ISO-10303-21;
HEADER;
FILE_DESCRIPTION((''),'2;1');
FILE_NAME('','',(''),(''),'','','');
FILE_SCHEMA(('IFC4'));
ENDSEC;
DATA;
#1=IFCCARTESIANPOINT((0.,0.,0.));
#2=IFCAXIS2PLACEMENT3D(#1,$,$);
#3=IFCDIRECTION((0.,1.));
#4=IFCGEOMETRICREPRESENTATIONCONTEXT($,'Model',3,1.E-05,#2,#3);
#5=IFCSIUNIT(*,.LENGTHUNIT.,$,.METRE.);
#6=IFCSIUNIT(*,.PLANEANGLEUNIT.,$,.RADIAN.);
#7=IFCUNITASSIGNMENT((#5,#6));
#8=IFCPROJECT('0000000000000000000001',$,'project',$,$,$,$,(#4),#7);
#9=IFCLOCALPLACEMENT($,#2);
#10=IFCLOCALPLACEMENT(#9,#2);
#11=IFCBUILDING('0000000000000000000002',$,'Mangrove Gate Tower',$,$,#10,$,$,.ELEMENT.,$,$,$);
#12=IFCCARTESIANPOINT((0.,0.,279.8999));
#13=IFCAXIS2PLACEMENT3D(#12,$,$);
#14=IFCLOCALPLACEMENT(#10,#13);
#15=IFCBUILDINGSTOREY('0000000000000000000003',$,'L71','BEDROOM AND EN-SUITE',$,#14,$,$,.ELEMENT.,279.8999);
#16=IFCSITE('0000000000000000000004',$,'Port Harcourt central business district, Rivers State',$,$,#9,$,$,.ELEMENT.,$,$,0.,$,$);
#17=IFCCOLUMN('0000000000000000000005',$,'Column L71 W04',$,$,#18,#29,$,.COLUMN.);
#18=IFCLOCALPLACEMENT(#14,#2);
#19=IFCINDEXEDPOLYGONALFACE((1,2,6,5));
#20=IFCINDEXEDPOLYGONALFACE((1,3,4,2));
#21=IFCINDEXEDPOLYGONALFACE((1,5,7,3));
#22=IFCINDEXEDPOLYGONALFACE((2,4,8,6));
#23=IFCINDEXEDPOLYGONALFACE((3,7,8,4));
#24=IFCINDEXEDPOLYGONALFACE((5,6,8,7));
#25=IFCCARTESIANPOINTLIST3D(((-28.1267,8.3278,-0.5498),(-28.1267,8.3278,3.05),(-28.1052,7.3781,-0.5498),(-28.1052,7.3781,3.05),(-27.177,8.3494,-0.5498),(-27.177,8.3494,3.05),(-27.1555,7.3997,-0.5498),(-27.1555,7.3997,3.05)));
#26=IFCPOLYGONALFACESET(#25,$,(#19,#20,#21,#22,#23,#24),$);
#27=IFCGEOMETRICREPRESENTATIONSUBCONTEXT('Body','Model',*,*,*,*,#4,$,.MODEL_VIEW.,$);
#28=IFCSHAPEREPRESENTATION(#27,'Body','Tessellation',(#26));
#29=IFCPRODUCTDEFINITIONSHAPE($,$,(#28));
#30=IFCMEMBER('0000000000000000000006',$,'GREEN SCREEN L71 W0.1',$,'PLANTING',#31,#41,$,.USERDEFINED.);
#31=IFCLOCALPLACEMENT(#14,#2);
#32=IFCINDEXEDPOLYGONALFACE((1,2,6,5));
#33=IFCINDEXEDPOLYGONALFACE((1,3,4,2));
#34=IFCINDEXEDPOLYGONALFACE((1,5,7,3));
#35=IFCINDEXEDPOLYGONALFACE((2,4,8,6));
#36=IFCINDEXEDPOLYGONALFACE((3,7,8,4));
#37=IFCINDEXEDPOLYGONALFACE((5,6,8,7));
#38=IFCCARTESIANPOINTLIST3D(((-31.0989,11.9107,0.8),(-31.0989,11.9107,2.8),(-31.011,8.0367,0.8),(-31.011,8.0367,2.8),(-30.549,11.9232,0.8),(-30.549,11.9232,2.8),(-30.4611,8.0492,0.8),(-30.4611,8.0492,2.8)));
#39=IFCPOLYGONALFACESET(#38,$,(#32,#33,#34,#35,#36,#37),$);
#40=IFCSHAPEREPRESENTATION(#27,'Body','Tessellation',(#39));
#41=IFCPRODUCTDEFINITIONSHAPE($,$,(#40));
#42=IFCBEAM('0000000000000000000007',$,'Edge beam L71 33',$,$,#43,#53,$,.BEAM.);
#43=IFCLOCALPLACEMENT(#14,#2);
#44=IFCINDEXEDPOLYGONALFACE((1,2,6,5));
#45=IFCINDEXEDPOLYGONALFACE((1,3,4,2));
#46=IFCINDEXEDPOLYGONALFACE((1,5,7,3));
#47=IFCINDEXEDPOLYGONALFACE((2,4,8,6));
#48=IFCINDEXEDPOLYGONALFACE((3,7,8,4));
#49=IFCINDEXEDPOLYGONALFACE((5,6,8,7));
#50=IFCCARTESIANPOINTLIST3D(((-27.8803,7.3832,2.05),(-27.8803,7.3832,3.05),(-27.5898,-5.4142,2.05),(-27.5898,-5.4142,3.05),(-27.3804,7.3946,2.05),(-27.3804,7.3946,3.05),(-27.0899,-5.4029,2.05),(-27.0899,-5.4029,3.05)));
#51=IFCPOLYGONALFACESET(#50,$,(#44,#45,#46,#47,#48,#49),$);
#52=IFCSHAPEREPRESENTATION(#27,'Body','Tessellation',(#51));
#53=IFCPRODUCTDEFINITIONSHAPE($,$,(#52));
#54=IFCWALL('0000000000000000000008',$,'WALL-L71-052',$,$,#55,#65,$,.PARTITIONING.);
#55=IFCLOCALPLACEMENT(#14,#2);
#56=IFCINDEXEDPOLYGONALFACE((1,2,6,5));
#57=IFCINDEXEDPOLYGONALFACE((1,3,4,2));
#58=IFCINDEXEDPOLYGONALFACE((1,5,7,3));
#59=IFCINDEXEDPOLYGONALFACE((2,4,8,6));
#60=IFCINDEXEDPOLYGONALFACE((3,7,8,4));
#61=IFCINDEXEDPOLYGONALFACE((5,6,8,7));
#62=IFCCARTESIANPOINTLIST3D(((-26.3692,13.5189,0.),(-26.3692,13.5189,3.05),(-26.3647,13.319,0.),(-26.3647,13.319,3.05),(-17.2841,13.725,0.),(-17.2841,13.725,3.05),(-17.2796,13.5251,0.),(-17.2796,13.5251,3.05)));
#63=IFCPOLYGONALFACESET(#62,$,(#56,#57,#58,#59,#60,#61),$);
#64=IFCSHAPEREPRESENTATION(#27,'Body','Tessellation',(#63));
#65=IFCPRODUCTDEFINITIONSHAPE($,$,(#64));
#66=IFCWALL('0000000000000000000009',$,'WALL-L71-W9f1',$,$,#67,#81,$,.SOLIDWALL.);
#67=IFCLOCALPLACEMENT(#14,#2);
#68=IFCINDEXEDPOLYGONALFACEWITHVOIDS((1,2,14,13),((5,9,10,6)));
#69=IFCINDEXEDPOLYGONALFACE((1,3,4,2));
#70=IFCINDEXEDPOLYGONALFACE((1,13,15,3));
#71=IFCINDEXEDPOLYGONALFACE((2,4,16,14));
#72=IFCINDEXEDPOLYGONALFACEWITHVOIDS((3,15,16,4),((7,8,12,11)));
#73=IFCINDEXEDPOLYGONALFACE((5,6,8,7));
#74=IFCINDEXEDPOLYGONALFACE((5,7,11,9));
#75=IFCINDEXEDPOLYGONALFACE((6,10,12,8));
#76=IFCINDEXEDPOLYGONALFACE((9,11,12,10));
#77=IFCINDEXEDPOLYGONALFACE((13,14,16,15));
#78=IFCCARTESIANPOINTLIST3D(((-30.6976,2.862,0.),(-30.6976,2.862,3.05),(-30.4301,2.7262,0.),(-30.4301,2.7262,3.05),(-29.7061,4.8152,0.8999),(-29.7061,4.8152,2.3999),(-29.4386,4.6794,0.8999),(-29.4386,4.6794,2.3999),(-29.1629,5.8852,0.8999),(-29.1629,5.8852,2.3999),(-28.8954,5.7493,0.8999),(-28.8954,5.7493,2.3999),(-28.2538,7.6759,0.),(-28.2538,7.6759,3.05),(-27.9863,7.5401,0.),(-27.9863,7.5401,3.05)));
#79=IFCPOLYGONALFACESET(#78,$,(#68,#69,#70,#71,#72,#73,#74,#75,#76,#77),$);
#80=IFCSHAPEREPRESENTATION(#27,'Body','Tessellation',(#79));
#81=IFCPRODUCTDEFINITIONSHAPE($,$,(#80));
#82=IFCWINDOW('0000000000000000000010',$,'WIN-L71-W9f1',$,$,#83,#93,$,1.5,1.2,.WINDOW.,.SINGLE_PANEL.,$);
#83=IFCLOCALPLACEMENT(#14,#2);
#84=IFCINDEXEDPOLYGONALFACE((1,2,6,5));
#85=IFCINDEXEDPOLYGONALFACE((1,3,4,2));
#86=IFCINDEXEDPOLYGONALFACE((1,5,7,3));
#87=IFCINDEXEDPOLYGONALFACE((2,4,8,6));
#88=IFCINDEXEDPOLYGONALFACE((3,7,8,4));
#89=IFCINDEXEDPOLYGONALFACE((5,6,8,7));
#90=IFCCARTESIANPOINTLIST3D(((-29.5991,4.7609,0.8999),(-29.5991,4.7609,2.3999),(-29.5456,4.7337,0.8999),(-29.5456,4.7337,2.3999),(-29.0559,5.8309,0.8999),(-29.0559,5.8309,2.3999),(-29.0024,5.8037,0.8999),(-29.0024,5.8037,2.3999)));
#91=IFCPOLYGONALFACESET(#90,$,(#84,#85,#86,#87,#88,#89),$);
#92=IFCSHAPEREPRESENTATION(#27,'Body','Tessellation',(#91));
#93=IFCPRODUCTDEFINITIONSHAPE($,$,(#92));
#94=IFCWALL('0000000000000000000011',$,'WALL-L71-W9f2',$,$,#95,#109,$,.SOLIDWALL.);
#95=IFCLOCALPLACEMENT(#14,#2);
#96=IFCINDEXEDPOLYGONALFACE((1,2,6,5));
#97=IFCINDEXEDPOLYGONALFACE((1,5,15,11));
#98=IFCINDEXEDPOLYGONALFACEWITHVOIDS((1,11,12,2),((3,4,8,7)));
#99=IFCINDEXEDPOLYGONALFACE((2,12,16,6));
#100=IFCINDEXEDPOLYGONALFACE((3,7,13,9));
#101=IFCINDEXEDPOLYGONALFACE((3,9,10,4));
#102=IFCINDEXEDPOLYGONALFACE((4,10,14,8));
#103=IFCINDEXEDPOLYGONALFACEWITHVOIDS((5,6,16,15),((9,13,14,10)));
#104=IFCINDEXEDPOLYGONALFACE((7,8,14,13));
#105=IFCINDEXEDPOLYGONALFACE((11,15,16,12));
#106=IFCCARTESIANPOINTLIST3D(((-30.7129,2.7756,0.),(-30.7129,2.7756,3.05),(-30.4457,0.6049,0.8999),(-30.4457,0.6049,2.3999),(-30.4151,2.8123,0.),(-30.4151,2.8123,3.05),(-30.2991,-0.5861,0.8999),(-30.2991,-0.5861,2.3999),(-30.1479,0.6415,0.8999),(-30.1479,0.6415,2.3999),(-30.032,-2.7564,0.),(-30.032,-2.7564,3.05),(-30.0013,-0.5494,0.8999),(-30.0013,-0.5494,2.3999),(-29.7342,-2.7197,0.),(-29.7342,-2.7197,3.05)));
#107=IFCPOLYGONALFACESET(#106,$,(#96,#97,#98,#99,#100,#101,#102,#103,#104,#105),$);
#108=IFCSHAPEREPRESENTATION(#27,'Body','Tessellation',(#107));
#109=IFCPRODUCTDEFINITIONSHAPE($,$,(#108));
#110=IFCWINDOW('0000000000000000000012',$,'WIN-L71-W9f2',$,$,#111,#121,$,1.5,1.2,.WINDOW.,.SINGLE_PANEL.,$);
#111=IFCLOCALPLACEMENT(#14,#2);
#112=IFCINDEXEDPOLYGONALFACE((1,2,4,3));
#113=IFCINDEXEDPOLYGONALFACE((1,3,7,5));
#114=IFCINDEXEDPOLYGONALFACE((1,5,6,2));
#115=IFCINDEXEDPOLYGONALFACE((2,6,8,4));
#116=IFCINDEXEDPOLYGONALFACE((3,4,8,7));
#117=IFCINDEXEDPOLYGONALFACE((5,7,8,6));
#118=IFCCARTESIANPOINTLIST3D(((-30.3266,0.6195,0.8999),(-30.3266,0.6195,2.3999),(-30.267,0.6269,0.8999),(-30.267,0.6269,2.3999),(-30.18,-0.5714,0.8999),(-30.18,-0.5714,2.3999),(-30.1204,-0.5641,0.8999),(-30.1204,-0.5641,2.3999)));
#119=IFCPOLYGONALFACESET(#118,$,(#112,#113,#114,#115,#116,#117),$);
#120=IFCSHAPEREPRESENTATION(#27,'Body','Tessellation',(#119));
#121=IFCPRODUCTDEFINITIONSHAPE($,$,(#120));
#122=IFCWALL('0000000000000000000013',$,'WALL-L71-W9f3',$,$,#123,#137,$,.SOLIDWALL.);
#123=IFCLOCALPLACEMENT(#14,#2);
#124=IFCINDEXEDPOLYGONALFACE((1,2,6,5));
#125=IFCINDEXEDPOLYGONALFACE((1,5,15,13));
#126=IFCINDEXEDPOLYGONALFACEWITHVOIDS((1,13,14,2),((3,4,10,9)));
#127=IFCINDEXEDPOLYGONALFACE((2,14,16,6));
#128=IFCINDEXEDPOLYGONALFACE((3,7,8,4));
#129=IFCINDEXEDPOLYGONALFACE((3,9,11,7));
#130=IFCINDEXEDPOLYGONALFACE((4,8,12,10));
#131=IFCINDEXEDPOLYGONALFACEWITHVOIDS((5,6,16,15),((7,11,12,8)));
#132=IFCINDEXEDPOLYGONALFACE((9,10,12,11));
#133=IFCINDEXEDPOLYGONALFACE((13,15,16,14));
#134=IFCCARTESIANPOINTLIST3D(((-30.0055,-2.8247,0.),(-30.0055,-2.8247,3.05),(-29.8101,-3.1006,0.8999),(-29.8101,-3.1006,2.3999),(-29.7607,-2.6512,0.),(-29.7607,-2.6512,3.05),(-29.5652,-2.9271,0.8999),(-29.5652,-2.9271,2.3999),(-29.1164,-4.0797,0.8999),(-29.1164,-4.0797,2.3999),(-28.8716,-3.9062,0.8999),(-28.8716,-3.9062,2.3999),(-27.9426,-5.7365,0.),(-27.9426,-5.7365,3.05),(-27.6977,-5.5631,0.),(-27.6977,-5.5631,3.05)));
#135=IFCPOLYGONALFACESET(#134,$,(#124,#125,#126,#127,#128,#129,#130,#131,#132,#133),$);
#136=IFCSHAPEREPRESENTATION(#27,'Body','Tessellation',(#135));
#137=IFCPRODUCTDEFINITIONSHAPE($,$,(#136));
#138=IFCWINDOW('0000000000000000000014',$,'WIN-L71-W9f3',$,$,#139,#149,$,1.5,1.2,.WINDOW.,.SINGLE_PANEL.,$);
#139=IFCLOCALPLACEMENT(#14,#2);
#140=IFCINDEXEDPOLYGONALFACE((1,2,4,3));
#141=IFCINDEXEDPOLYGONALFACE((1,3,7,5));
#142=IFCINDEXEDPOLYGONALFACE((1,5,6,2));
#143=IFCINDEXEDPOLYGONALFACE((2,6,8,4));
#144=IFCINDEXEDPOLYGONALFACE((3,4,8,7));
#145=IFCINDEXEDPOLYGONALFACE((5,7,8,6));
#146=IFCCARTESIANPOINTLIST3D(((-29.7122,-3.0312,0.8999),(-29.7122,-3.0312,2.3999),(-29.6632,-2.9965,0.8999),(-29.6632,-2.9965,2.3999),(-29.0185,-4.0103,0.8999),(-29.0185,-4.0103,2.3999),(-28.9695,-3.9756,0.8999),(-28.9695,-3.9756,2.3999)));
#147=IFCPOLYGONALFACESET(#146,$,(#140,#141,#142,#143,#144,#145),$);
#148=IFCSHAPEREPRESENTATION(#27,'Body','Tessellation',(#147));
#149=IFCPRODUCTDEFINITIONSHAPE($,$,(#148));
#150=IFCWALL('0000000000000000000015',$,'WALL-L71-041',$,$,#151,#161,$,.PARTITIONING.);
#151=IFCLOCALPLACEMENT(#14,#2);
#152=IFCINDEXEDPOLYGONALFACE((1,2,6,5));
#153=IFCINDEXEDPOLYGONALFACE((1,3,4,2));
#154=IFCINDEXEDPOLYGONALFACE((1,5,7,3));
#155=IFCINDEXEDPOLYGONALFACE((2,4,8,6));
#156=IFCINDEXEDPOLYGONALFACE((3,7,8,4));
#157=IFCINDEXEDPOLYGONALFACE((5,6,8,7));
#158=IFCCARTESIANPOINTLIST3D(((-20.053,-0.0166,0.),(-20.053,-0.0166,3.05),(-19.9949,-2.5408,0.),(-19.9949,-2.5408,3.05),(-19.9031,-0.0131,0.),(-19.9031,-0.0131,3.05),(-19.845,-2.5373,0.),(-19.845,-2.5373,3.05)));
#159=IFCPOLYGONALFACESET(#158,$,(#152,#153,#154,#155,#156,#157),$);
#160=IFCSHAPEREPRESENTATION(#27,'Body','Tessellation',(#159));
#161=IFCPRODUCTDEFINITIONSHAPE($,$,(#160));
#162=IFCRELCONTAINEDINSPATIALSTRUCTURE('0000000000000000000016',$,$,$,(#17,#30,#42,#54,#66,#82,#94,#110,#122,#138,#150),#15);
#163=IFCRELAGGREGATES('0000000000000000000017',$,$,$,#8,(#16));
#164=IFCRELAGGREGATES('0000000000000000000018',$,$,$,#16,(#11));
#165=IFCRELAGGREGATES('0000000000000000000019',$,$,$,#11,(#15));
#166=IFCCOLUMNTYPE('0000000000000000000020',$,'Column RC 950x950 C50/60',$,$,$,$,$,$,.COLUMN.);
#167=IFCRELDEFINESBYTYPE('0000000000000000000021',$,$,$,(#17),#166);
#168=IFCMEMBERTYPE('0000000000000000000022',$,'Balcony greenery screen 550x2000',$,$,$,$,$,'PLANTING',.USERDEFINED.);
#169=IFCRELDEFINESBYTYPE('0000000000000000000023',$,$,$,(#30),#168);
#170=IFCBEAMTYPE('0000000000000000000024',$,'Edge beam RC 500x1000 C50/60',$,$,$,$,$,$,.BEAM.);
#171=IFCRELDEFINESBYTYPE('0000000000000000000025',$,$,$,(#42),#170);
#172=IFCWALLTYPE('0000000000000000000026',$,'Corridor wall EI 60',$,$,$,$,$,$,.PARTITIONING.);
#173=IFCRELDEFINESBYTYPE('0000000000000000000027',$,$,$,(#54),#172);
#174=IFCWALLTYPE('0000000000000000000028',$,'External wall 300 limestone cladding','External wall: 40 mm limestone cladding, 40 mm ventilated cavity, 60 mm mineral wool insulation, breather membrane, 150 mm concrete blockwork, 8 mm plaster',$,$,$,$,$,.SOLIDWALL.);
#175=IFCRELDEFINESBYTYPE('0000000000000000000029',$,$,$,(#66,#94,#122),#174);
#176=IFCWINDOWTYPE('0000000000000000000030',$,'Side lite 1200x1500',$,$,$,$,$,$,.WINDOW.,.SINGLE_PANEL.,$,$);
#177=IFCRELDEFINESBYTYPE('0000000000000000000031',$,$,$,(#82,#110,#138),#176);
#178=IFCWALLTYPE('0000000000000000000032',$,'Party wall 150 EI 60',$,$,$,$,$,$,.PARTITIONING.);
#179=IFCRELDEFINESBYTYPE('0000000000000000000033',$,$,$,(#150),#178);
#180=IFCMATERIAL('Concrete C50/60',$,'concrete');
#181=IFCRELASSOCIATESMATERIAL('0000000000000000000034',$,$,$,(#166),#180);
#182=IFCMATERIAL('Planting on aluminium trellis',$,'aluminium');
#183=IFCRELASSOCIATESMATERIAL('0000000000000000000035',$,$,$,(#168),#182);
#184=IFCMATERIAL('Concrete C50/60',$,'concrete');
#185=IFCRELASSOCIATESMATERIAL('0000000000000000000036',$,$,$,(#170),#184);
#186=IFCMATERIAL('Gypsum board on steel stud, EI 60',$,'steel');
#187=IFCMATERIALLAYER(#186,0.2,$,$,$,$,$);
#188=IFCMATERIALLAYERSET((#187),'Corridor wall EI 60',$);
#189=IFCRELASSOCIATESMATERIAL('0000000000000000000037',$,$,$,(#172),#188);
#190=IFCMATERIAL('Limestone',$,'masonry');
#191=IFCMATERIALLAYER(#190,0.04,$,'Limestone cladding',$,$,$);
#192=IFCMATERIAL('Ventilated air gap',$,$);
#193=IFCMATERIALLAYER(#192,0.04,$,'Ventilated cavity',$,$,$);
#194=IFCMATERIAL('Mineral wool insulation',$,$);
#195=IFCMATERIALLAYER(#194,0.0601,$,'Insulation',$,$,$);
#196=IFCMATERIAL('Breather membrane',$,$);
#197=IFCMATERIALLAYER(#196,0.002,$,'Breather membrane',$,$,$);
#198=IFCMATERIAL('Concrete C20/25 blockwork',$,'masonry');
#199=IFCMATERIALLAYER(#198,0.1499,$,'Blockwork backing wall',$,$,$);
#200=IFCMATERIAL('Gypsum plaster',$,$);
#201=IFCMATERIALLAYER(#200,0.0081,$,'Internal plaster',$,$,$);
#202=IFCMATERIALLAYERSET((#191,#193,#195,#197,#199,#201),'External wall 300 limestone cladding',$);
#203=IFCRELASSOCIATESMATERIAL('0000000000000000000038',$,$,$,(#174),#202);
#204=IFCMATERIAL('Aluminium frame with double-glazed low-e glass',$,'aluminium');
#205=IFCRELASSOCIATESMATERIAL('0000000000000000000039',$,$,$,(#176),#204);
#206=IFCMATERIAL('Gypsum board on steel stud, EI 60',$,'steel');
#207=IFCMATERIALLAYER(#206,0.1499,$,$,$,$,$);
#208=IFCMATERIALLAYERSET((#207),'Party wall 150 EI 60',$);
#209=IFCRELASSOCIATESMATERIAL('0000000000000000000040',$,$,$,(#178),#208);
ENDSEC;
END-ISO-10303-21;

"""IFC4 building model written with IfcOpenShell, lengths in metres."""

from ifc_helpers import new_model, si_unit, direction, frame, frame_2d, origin, origin_2d, place, context, subcontext, project, spatial, rectangle, extrude, material, layer, layer_set, material_profile, profile_set, type_object, element, fill, save


model = new_model("IFC4")

# Units and contexts
model_context = context("Model", 3, precision=1e-05, world=origin(), true_north=direction((0.0, 1.0)))
body_context = subcontext(model_context, "Body", "Model", "MODEL_VIEW")
ifc_project = project(units=[si_unit("LENGTHUNIT", "METRE"), si_unit("PLANEANGLEUNIT", "RADIAN")], contexts=[model_context])

# Site, building, storey
site_placement = place(None, origin())
site = spatial("IfcSite", under=ifc_project, at=site_placement, Name="Port Harcourt central business district, Rivers State", CompositionType="ELEMENT", RefElevation=0.0)
building_placement = place(site_placement, origin())
building = spatial("IfcBuilding", under=site, at=building_placement, Name="Mangrove Gate Tower", CompositionType="ELEMENT")
storey_placement = place(building_placement, frame((0.0, 0.0, 279.8999)))
storey = spatial("IfcBuildingStorey", under=building, at=storey_placement, Name="L71", Description="BEDROOM AND EN-SUITE", CompositionType="ELEMENT", Elevation=279.8999)

# Column
ifc_material_1 = material(Name="Concrete C50/60", Category="concrete")
ifc_material_profile_1 = material_profile(ifc_material_1, rectangle(XDim=0.95, YDim=0.95, at=origin_2d()))
ifc_profile_set_1 = profile_set([ifc_material_profile_1], Name="Concrete C50/60")
column_type = type_object("IfcColumnType", Name="Column RC 950x950 C50/60", PredefinedType="COLUMN", material=ifc_profile_set_1)
column_placement = place(storey_placement, frame((-27.6411, 7.8638, -0.5498), z_axis=(0.0, 0.0, 1.0), x_axis=(0.022688, -0.999743, 0.0)))
element("IfcColumn", 1, at=column_placement, inside=storey, type_object=column_type, Name="Column L71 W04", PredefinedType="COLUMN", context=body_context, shape_type="SweptSolid", body=[
    extrude(rectangle(XDim=0.95, YDim=0.95, at=origin_2d()), origin(), (0.0, 0.0, 1.0), 3.5999),
])

# Member
ifc_material_2 = material(Name="Planting on aluminium trellis", Category="aluminium")
ifc_material_profile_2 = material_profile(ifc_material_2, rectangle(XDim=0.55, YDim=2.0, at=origin_2d()))
ifc_profile_set_2 = profile_set([ifc_material_profile_2], Name="Planting on aluminium trellis")
member_type = type_object("IfcMemberType", Name="Balcony greenery screen 550x2000", ElementType="PLANTING", PredefinedType="USERDEFINED", material=ifc_profile_set_2)
member_placement = place(storey_placement, frame((-30.7361, 8.043, 1.8), z_axis=(-0.022681, 0.999743, 0.0), x_axis=(-0.999743, -0.022681, 0.0)))
element("IfcMember", 2, at=member_placement, inside=storey, type_object=member_type, Name="GREEN SCREEN L71 W0.1", ObjectType="PLANTING", PredefinedType="USERDEFINED", context=body_context, shape_type="SweptSolid", body=[
    extrude(rectangle(XDim=0.55, YDim=2.0, at=origin_2d()), origin(), (0.0, 0.0, 1.0), 3.875),
])

# Beam
ifc_material_3 = material(Name="Concrete C50/60", Category="concrete")
ifc_material_profile_3 = material_profile(ifc_material_3, rectangle(XDim=0.5, YDim=1.0, at=origin_2d()))
ifc_profile_set_3 = profile_set([ifc_material_profile_3], Name="Concrete C50/60")
beam_type = type_object("IfcBeamType", Name="Edge beam RC 500x1000 C50/60", PredefinedType="BEAM", material=ifc_profile_set_3)
beam_placement = place(storey_placement, frame((-27.6304, 7.3889, 2.55), z_axis=(0.022696, -0.999742, 0.0), x_axis=(0.999742, 0.022696, 0.0)))
element("IfcBeam", 3, at=beam_placement, inside=storey, type_object=beam_type, Name="Edge beam L71 33", PredefinedType="BEAM", context=body_context, shape_type="SweptSolid", body=[
    extrude(rectangle(XDim=0.5, YDim=1.0, at=origin_2d()), origin(), (0.0, 0.0, 1.0), 12.8008),
])

# Wall
ifc_material_4 = material(Name="Gypsum board on steel stud, EI 60", Category="steel")
ifc_layer_1 = layer(ifc_material_4, 0.2)
ifc_layer_set_1 = layer_set([ifc_layer_1], Name="Corridor wall EI 60")
wall_type_1 = type_object("IfcWallType", Name="Corridor wall EI 60", PredefinedType="PARTITIONING", material=ifc_layer_set_1)
wall_1_placement = place(storey_placement, frame((-26.3669, 13.4189, 0.0), z_axis=(0.0, 0.0, 1.0), x_axis=(0.999743, 0.022675, 0.0)))
element("IfcWall", 4, at=wall_1_placement, inside=storey, type_object=wall_type_1, Name="WALL-L71-052", PredefinedType="PARTITIONING", context=body_context, shape_type="SweptSolid", body=[
    extrude(rectangle(XDim=9.0874, YDim=0.2, at=frame_2d((4.5437, 0.0))), origin(), (0.0, 0.0, 1.0), 3.05),
])

# Walls, openings, windows
ifc_material_5 = material(Name="Limestone", Category="masonry")
ifc_layer_2 = layer(ifc_material_5, 0.04, Name="Limestone cladding")
ifc_material_6 = material(Name="Ventilated air gap")
ifc_layer_3 = layer(ifc_material_6, 0.04, Name="Ventilated cavity")
ifc_material_7 = material(Name="Mineral wool insulation")
ifc_layer_4 = layer(ifc_material_7, 0.0601, Name="Insulation")
ifc_material_8 = material(Name="Breather membrane")
ifc_layer_5 = layer(ifc_material_8, 0.002, Name="Breather membrane")
ifc_material_9 = material(Name="Concrete C20/25 blockwork", Category="masonry")
ifc_layer_6 = layer(ifc_material_9, 0.1499, Name="Blockwork backing wall")
ifc_material_10 = material(Name="Gypsum plaster")
ifc_layer_7 = layer(ifc_material_10, 0.0081, Name="Internal plaster")
ifc_layer_set_2 = layer_set([ifc_layer_2, ifc_layer_3, ifc_layer_4, ifc_layer_5, ifc_layer_6, ifc_layer_7], Name="External wall 300 limestone cladding")
wall_type_2 = type_object("IfcWallType", Name="External wall 300 limestone cladding", Description="External wall: 40 mm limestone cladding, 40 mm ventilated cavity, 60 mm mineral wool insulation, breather membrane, 150 mm concrete blockwork, 8 mm plaster", PredefinedType="SOLIDWALL", material=ifc_layer_set_2)
wall_2_placement = place(storey_placement, frame((-28.1201, 7.6079, 0.0), z_axis=(0.0, 0.0, 1.0), x_axis=(-0.452668, -0.891679, 0.0)))
wall_2 = element("IfcWall", 5, at=wall_2_placement, inside=storey, type_object=wall_type_2, Name="WALL-L71-W9f1", PredefinedType="SOLIDWALL", context=body_context, shape_type="SweptSolid", body=[
    extrude(rectangle(XDim=5.3987, YDim=0.3, at=frame_2d((2.6992, 0.0))), origin(), (0.0, 0.0, 1.0), 3.05),
])
opening_1_placement = place(wall_2_placement, frame((2.0081, 0.0, 0.8999)))
opening_1 = element("IfcOpeningElement", 6, at=opening_1_placement, cuts=wall_2, PredefinedType="OPENING", context=body_context, shape_type="SweptSolid", body=[
    extrude(rectangle(XDim=1.2, YDim=1.5, at=frame_2d((0.6001, 0.75))), frame((0.0, 0.1599, 0.0), z_axis=(0.0, -1.0, 0.0), x_axis=(1.0, 0.0, 0.0)), (0.0, 0.0, 1.0), 0.3201),
])
ifc_material_11 = material(Name="Aluminium frame with double-glazed low-e glass", Category="aluminium")
window_type = type_object("IfcWindowType", Name="Side lite 1200x1500", PartitioningType="SINGLE_PANEL", PredefinedType="WINDOW", material=ifc_material_11)
window_1_placement = place(opening_1_placement, origin())
window_1 = element("IfcWindow", 7, at=window_1_placement, inside=storey, type_object=window_type, Name="WIN-L71-W9f1", OverallHeight=1.5, OverallWidth=1.2, PartitioningType="SINGLE_PANEL", PredefinedType="WINDOW", context=body_context, shape_type="SweptSolid", body=[
    extrude(rectangle(XDim=1.2, YDim=1.5, at=frame_2d((0.6001, 0.75))), frame((0.0, 0.03, 0.0), z_axis=(0.0, -1.0, 0.0), x_axis=(1.0, 0.0, 0.0)), (0.0, 0.0, 1.0), 0.0601),
])
fill(opening_1, window_1)
wall_3_placement = place(storey_placement, frame((-30.564, 2.7939, 0.0), z_axis=(0.0, 0.0, 1.0), x_axis=(0.122164, -0.99251, 0.0)))
wall_3 = element("IfcWall", 8, at=wall_3_placement, inside=storey, type_object=wall_type_2, Name="WALL-L71-W9f2", PredefinedType="SOLIDWALL", context=body_context, shape_type="SweptSolid", body=[
    extrude(rectangle(XDim=5.5737, YDim=0.3, at=frame_2d((2.7869, 0.0))), origin(), (0.0, 0.0, 1.0), 3.05),
])
opening_2_placement = place(wall_3_placement, frame((2.187, 0.0, 0.8999)))
opening_2 = element("IfcOpeningElement", 9, at=opening_2_placement, cuts=wall_3, PredefinedType="OPENING", context=body_context, shape_type="SweptSolid", body=[
    extrude(rectangle(XDim=1.2, YDim=1.5, at=frame_2d((0.6001, 0.75))), frame((0.0, 0.1599, 0.0), z_axis=(0.0, -1.0, 0.0), x_axis=(1.0, 0.0, 0.0)), (0.0, 0.0, 1.0), 0.3201),
])
window_2_placement = place(opening_2_placement, origin())
window_2 = element("IfcWindow", 10, at=window_2_placement, inside=storey, type_object=window_type, Name="WIN-L71-W9f2", OverallHeight=1.5, OverallWidth=1.2, PartitioningType="SINGLE_PANEL", PredefinedType="WINDOW", context=body_context, shape_type="SweptSolid", body=[
    extrude(rectangle(XDim=1.2, YDim=1.5, at=frame_2d((0.6001, 0.75))), frame((0.0, 0.03, 0.0), z_axis=(0.0, -1.0, 0.0), x_axis=(1.0, 0.0, 0.0)), (0.0, 0.0, 1.0), 0.0601),
])
fill(opening_2, window_2)
wall_4_placement = place(storey_placement, frame((-29.8831, -2.738, 0.0), z_axis=(0.0, 0.0, 1.0), x_axis=(0.578095, -0.815969, 0.0)))
wall_4 = element("IfcWall", 11, at=wall_4_placement, inside=storey, type_object=wall_type_2, Name="WALL-L71-W9f3", PredefinedType="SOLIDWALL", context=body_context, shape_type="SweptSolid", body=[
    extrude(rectangle(XDim=3.5686, YDim=0.3, at=frame_2d((1.7842, 0.0))), origin(), (0.0, 0.0, 1.0), 3.05),
])
opening_3_placement = place(wall_4_placement, frame((0.3379, 0.0, 0.8999)))
opening_3 = element("IfcOpeningElement", 12, at=opening_3_placement, cuts=wall_4, PredefinedType="OPENING", context=body_context, shape_type="SweptSolid", body=[
    extrude(rectangle(XDim=1.2, YDim=1.5, at=frame_2d((0.6001, 0.75))), frame((0.0, 0.1599, 0.0), z_axis=(0.0, -1.0, 0.0), x_axis=(1.0, 0.0, 0.0)), (0.0, 0.0, 1.0), 0.3201),
])
window_3_placement = place(opening_3_placement, origin())
window_3 = element("IfcWindow", 13, at=window_3_placement, inside=storey, type_object=window_type, Name="WIN-L71-W9f3", OverallHeight=1.5, OverallWidth=1.2, PartitioningType="SINGLE_PANEL", PredefinedType="WINDOW", context=body_context, shape_type="SweptSolid", body=[
    extrude(rectangle(XDim=1.2, YDim=1.5, at=frame_2d((0.6001, 0.75))), frame((0.0, 0.03, 0.0), z_axis=(0.0, -1.0, 0.0), x_axis=(1.0, 0.0, 0.0)), (0.0, 0.0, 1.0), 0.0601),
])
fill(opening_3, window_3)

# Wall
ifc_material_12 = material(Name="Gypsum board on steel stud, EI 60", Category="steel")
ifc_layer_8 = layer(ifc_material_12, 0.1499)
ifc_layer_set_3 = layer_set([ifc_layer_8], Name="Party wall 150 EI 60")
wall_type_3 = type_object("IfcWallType", Name="Party wall 150 EI 60", PredefinedType="PARTITIONING", material=ifc_layer_set_3)
wall_5_placement = place(storey_placement, frame((-19.9199, -2.5391, 0.0), z_axis=(0.0, 0.0, 1.0), x_axis=(-0.023014, 0.999735, 0.0)))
element("IfcWall", 14, at=wall_5_placement, inside=storey, type_object=wall_type_3, Name="WALL-L71-041", PredefinedType="PARTITIONING", context=body_context, shape_type="SweptSolid", body=[
    extrude(rectangle(XDim=2.5249, YDim=0.1499, at=frame_2d((1.2625, 0.0))), origin(), (0.0, 0.0, 1.0), 3.05),
])

save(model, "model.ifc")
